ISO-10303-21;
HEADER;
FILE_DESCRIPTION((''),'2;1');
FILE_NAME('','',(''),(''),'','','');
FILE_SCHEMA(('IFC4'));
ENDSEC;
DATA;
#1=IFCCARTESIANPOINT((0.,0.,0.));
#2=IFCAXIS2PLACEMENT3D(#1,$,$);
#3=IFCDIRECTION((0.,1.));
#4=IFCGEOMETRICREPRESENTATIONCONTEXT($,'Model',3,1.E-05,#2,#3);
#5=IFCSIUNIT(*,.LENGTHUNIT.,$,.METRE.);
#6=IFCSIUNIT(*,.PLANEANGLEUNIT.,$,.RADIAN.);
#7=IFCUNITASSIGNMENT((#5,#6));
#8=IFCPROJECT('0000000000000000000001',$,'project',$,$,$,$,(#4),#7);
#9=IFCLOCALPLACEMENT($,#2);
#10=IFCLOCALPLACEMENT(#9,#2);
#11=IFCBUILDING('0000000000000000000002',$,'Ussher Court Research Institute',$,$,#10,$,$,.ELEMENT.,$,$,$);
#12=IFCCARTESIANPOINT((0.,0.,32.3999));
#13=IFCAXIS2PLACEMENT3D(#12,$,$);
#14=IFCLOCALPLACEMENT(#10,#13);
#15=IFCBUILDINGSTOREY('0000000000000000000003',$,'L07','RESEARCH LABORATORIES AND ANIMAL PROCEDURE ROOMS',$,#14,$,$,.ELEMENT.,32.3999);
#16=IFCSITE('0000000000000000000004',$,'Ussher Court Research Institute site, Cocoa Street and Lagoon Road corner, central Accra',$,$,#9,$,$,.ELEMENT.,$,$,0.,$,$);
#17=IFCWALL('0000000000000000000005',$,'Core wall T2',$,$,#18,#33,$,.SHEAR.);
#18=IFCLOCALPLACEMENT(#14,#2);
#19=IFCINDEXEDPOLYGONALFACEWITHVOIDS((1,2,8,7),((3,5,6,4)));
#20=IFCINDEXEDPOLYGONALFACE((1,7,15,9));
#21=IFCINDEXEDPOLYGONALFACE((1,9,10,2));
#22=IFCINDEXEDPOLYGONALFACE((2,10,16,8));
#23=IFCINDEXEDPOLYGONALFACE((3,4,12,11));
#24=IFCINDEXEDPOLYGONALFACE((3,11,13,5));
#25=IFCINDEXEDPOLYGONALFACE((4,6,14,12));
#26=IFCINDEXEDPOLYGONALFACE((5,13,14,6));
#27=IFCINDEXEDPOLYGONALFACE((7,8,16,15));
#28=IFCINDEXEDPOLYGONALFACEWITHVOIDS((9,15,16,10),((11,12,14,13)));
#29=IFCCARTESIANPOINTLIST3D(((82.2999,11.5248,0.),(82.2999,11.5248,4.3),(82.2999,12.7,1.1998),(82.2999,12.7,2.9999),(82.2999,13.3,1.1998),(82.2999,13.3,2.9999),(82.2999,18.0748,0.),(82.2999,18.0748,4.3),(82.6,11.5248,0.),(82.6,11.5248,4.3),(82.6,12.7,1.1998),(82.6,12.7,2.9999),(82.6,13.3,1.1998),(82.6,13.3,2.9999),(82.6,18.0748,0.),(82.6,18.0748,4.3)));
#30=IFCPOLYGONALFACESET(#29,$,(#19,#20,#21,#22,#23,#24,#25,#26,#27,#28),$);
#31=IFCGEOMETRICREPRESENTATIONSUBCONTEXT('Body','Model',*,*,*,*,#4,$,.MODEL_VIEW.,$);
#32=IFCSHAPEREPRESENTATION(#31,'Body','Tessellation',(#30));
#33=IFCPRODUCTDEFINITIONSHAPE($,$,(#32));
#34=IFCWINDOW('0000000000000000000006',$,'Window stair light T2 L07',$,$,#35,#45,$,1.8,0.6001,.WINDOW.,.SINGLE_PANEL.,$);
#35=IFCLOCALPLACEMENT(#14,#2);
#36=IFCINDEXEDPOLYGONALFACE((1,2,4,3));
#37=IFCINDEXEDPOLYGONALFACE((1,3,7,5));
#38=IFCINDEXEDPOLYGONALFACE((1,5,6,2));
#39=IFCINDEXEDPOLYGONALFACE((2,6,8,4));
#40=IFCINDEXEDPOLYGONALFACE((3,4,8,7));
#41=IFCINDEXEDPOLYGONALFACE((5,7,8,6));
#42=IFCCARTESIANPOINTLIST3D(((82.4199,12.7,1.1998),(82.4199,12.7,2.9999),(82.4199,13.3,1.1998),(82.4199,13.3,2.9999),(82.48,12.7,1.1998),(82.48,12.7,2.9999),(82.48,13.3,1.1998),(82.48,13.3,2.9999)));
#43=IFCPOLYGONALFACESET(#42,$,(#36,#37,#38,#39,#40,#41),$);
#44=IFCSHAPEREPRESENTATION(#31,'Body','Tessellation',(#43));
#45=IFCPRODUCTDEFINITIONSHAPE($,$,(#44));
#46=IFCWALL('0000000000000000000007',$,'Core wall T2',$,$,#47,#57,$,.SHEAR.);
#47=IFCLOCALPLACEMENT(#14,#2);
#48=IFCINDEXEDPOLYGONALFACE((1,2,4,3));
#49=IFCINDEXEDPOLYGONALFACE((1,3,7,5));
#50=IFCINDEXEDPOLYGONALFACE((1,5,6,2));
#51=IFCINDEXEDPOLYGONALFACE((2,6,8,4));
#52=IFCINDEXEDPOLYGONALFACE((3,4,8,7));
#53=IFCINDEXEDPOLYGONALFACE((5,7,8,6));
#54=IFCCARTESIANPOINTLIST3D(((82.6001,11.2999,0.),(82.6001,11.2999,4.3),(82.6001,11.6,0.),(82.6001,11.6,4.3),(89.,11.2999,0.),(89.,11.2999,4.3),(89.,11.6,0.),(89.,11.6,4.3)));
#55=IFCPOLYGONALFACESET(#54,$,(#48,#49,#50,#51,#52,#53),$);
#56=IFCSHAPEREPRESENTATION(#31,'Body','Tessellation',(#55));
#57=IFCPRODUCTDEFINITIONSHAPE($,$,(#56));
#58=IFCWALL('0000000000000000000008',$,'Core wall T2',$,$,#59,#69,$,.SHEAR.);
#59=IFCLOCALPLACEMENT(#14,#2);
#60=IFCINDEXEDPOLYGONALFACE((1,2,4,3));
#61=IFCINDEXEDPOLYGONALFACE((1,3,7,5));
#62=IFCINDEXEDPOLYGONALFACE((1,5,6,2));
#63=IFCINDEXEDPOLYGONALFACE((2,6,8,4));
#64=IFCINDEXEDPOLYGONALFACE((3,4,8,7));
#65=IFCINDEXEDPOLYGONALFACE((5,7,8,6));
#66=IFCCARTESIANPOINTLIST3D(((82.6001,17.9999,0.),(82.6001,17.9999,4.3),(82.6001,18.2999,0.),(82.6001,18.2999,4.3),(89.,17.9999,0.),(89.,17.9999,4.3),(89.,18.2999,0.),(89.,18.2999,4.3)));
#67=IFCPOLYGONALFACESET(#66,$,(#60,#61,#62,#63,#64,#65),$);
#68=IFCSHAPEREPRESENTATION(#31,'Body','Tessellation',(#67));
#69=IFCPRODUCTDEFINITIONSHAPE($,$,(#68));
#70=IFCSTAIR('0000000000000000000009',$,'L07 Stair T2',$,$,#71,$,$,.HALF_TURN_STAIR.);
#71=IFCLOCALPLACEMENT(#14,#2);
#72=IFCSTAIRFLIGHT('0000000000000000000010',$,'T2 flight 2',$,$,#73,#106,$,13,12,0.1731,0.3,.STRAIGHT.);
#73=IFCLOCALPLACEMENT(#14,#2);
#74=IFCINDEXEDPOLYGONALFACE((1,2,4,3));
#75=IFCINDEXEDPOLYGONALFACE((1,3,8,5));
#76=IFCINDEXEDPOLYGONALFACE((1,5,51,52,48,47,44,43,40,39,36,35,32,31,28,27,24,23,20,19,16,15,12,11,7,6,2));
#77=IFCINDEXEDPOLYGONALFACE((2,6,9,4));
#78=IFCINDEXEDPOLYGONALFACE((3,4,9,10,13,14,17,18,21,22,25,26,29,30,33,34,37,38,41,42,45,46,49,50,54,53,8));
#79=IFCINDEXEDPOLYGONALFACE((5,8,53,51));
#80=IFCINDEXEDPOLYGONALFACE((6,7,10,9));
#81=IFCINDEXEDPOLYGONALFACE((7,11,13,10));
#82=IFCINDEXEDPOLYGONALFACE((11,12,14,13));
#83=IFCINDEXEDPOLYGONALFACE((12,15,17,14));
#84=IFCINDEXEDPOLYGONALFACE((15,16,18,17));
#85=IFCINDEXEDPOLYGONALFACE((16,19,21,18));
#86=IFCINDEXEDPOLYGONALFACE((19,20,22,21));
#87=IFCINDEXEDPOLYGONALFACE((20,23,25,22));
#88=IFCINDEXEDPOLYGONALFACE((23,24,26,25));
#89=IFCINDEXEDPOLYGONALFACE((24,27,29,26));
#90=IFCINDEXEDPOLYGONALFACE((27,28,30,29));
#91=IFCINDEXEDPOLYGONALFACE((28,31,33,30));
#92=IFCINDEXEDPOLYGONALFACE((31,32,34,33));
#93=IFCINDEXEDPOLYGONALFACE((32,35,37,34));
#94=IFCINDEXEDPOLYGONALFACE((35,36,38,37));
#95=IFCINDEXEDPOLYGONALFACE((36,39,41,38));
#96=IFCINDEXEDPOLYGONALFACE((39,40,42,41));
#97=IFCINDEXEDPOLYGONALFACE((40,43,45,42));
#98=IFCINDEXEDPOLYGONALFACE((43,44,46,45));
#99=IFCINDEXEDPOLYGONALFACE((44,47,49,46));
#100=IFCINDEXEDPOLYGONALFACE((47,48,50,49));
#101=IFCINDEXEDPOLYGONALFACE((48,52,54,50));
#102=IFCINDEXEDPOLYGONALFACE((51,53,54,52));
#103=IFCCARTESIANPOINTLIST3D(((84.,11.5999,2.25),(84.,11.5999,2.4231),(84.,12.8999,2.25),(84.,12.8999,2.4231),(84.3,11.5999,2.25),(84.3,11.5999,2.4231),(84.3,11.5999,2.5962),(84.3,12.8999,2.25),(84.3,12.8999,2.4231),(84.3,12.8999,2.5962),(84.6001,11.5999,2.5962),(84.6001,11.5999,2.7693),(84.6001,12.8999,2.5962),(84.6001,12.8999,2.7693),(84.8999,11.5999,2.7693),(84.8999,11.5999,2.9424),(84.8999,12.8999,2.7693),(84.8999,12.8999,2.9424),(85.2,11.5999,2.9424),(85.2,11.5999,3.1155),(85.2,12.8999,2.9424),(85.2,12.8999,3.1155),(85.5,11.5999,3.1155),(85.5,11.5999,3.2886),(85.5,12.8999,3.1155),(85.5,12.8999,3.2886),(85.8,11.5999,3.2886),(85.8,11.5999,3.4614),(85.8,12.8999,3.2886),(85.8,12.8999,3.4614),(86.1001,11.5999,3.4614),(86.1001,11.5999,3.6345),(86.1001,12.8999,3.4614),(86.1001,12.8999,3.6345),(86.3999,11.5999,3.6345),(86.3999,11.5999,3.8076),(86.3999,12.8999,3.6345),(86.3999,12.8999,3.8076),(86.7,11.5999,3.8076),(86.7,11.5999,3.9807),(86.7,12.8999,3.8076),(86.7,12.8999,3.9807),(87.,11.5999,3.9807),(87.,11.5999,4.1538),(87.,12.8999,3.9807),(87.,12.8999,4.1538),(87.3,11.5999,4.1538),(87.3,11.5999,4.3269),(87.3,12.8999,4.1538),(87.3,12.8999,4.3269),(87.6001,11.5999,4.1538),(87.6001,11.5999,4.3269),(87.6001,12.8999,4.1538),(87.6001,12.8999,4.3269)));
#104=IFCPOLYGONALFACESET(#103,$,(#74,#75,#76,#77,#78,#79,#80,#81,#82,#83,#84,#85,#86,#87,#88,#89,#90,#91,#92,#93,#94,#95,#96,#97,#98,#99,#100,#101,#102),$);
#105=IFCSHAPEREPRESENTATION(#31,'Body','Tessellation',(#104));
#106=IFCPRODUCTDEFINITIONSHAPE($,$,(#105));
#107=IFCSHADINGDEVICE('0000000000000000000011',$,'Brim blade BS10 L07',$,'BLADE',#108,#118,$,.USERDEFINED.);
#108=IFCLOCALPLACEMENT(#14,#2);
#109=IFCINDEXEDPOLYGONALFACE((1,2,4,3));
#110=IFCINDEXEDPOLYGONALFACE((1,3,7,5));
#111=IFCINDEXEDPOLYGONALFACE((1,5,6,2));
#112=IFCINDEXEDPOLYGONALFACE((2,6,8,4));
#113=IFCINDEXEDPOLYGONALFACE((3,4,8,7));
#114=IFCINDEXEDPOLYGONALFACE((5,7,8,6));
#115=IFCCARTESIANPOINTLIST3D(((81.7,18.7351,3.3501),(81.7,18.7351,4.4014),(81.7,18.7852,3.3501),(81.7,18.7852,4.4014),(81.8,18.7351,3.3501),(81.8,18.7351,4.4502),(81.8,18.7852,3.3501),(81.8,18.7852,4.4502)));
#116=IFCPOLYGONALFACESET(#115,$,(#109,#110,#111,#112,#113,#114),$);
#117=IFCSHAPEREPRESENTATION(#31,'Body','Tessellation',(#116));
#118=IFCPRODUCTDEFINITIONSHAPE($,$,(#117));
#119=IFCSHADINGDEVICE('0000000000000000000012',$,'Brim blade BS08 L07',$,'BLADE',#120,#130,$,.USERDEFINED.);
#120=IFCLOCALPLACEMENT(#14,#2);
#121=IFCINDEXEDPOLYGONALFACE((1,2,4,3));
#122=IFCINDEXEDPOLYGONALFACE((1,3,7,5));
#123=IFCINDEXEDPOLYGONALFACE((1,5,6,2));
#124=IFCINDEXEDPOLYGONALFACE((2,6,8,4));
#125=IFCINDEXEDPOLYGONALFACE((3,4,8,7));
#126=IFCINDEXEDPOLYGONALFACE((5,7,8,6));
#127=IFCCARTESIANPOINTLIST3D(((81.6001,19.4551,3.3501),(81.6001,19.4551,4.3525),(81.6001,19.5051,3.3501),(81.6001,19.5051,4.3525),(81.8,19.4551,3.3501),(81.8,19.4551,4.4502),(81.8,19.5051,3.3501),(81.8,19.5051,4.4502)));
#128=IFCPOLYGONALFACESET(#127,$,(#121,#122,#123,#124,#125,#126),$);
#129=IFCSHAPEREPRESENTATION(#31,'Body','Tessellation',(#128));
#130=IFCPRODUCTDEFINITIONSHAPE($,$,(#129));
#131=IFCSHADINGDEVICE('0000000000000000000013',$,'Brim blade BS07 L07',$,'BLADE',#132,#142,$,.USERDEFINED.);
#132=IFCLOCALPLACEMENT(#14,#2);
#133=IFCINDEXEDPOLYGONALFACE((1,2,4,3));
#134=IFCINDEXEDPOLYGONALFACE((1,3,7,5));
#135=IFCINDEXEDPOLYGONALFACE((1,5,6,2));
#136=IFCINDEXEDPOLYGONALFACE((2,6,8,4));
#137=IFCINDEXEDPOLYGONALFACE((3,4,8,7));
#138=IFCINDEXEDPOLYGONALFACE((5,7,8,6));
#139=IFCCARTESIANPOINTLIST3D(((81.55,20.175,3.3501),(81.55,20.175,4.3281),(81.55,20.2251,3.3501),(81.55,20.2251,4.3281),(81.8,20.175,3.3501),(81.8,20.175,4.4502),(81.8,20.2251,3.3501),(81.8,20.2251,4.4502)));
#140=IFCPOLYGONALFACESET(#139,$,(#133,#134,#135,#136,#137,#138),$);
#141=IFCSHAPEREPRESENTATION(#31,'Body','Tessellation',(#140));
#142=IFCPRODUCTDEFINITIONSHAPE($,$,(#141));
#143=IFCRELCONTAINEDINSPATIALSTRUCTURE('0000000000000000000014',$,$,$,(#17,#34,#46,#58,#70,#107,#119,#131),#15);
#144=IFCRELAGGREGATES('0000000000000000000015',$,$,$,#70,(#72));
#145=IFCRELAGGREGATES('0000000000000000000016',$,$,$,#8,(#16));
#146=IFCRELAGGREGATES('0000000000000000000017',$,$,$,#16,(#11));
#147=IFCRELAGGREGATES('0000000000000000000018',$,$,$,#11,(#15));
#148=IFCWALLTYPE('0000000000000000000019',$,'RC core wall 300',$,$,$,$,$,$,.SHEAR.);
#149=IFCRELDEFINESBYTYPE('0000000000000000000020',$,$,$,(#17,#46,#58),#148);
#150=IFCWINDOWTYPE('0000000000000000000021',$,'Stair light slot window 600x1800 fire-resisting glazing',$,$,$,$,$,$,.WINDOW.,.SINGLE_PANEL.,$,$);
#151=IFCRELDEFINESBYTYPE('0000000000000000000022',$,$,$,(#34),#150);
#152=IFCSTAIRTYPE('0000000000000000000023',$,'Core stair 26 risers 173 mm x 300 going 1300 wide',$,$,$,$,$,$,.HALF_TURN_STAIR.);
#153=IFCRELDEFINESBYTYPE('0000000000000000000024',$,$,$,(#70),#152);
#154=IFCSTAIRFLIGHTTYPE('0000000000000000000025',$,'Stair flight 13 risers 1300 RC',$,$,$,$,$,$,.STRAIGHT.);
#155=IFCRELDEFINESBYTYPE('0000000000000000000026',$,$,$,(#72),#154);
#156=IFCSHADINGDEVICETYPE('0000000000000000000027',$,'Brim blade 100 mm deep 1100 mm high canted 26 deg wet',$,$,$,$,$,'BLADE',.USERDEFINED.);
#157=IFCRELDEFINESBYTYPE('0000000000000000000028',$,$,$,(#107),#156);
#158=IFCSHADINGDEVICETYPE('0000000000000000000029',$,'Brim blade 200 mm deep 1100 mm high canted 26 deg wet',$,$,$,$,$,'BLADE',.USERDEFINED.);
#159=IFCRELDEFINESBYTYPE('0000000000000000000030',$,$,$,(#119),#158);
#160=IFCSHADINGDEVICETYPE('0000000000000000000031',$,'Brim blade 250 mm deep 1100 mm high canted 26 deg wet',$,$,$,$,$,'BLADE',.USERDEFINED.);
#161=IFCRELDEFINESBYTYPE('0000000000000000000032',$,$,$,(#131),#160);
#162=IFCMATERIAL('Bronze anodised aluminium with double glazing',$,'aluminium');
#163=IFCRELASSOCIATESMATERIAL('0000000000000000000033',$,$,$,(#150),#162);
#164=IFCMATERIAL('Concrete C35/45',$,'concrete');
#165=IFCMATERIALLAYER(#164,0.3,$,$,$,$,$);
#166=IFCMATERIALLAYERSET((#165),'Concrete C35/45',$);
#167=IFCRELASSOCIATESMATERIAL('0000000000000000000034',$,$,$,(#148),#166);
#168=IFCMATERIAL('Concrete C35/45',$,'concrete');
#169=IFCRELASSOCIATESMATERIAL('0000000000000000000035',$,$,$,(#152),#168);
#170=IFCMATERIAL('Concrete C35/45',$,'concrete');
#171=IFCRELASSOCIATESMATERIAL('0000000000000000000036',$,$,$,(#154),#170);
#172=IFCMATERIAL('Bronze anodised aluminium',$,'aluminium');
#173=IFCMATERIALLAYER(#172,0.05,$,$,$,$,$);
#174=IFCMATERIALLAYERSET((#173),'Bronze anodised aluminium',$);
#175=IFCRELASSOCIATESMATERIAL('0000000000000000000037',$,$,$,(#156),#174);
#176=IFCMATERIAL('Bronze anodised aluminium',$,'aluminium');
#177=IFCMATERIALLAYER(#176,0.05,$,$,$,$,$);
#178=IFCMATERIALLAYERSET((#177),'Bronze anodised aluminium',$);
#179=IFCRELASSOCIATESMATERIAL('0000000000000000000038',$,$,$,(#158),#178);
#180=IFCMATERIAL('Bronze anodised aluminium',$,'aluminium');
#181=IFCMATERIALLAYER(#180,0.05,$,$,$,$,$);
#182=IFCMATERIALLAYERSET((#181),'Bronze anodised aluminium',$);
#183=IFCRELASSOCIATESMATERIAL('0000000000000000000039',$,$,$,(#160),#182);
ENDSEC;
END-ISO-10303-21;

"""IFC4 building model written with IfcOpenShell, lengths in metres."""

from ifc_helpers import new_model, si_unit, direction, frame, frame_2d, origin, place, context, subcontext, project, spatial, polyline, rectangle, outline, extrude, material, layer, layer_set, type_object, element, fill, aggregate, save


model = new_model("IFC4")

# Units and contexts
model_context = context("Model", 3, precision=1e-05, world=origin(), true_north=direction((0.0, 1.0)))
body_context = subcontext(model_context, "Body", "Model", "MODEL_VIEW")
ifc_project = project(units=[si_unit("LENGTHUNIT", "METRE"), si_unit("PLANEANGLEUNIT", "RADIAN")], contexts=[model_context])

# Site, building, storey
site_placement = place(None, origin())
site = spatial("IfcSite", under=ifc_project, at=site_placement, Name="Ussher Court Research Institute site, Cocoa Street and Lagoon Road corner, central Accra", CompositionType="ELEMENT", RefElevation=0.0)
building_placement = place(site_placement, origin())
building = spatial("IfcBuilding", under=site, at=building_placement, Name="Ussher Court Research Institute", CompositionType="ELEMENT")
storey_placement = place(building_placement, frame((0.0, 0.0, 32.3999)))
storey = spatial("IfcBuildingStorey", under=building, at=storey_placement, Name="L07", Description="RESEARCH LABORATORIES AND ANIMAL PROCEDURE ROOMS", CompositionType="ELEMENT", Elevation=32.3999)

# Shared definitions
ifc_material_1 = material(Name="Bronze anodised aluminium with double glazing", Category="aluminium")
window_type_1 = type_object("IfcWindowType", Name="Stair light slot window 600x1800 fire-resisting glazing", PartitioningType="SINGLE_PANEL", PredefinedType="WINDOW", material=ifc_material_1)

# Wall, opening, window
ifc_material_2 = material(Name="Concrete C35/45", Category="concrete")
ifc_layer_1 = layer(ifc_material_2, 0.3)
ifc_layer_set_1 = layer_set([ifc_layer_1], Name="Concrete C35/45")
wall_type_1 = type_object("IfcWallType", Name="RC core wall 300", PredefinedType="SHEAR", material=ifc_layer_set_1)
wall_1_placement = place(storey_placement, frame((82.45, 11.5249, 0.0), z_axis=(0.0, 0.0, 1.0), x_axis=(0.0, 1.0, 0.0)))
wall_1 = element("IfcWall", 1, at=wall_1_placement, inside=storey, type_object=wall_type_1, Name="Core wall T2", PredefinedType="SHEAR", context=body_context, shape_type="SweptSolid", body=[
    extrude(rectangle(XDim=6.55, YDim=0.3, at=frame_2d((3.2749, 0.0))), origin(), (0.0, 0.0, 1.0), 4.3),
])
opening_1_placement = place(wall_1_placement, frame((1.175, 0.0, 1.2)))
opening_1 = element("IfcOpeningElement", 2, at=opening_1_placement, cuts=wall_1, PredefinedType="OPENING", context=body_context, shape_type="SweptSolid", body=[
    extrude(rectangle(XDim=0.6001, YDim=1.8, at=frame_2d((0.3, 0.8999))), frame((0.0, 0.1602, 0.0), z_axis=(0.0, -1.0, 0.0), x_axis=(1.0, 0.0, 0.0)), (0.0, 0.0, 1.0), 0.3201),
])
window_1_placement = place(opening_1_placement, origin())
window_1 = element("IfcWindow", 3, at=window_1_placement, inside=storey, type_object=window_type_1, Name="Window stair light T2 L07", OverallHeight=1.8, OverallWidth=0.6001, PartitioningType="SINGLE_PANEL", PredefinedType="WINDOW", context=body_context, shape_type="SweptSolid", body=[
    extrude(rectangle(XDim=0.6001, YDim=1.8, at=frame_2d((0.3, 0.8999))), frame((0.0, 0.03, 0.0), z_axis=(0.0, -1.0, 0.0), x_axis=(1.0, 0.0, 0.0)), (0.0, 0.0, 1.0), 0.0601),
])
fill(opening_1, window_1)

# Walls
for number, where, z_axis, x_axis, name in (
    (4, (82.6001, 11.45, 0.0), (0.0, 0.0, 1.0), (1.0, 0.0, 0.0), "Core wall T2"),
    (5, (82.6001, 18.1499, 0.0), (0.0, 0.0, 1.0), (1.0, 0.0, 0.0), "Core wall T2"),
):
    element("IfcWall", number, at=place(storey_placement, frame(where, z_axis=z_axis, x_axis=x_axis)), inside=storey, type_object=wall_type_1, Name=name, PredefinedType="SHEAR", context=body_context, shape_type="SweptSolid", body=[
        extrude(rectangle(XDim=6.3999, YDim=0.3, at=frame_2d((3.2, 0.0))), origin(), (0.0, 0.0, 1.0), 4.3),
    ])

# Stair, stair flight
ifc_material_3 = material(Name="Concrete C35/45", Category="concrete")
stair_type = type_object("IfcStairType", Name="Core stair 26 risers 173 mm x 300 going 1300 wide", PredefinedType="HALF_TURN_STAIR", material=ifc_material_3)
stair_placement = place(storey_placement, origin())
stair = element("IfcStair", 6, at=stair_placement, inside=storey, type_object=stair_type, Name="L07 Stair T2", PredefinedType="HALF_TURN_STAIR")
ifc_material_4 = material(Name="Concrete C35/45", Category="concrete")
stair_flight_type = type_object("IfcStairFlightType", Name="Stair flight 13 risers 1300 RC", PredefinedType="STRAIGHT", material=ifc_material_4)
stair_flight_placement = place(storey_placement, frame((84.0, 12.25, 2.25), z_axis=(0.0, 0.0, 1.0), x_axis=(1.0, 0.0, 0.0)))
stair_flight = element("IfcStairFlight", 7, at=stair_flight_placement, type_object=stair_flight_type, Name="T2 flight 2", NumberOfRisers=13, NumberOfTreads=12, PredefinedType="STRAIGHT", RiserHeight=0.1731, TreadLength=0.3, context=body_context, shape_type="SweptSolid", body=[
    extrude(outline(polyline([(0.0, 0.0), (0.0, 0.1731), (0.3, 0.1731), (0.3, 0.3462), (0.6001, 0.3462), (0.6001, 0.5193), (0.8999, 0.5193), (0.8999, 0.6924), (1.2, 0.6924), (1.2, 0.8655), (1.5, 0.8655), (1.5, 1.0386), (1.8, 1.0386), (1.8, 1.2114), (2.1001, 1.2114), (2.1001, 1.3845), (2.3999, 1.3845), (2.3999, 1.5576), (2.7, 1.5576), (2.7, 1.7307), (3.0, 1.7307), (3.0, 1.9038), (3.3, 1.9038), (3.3, 2.0769), (3.6001, 2.0769), (3.6001, 2.25), (3.6001, 1.9038), (0.3, 0.0), (0.0, 0.0)])), frame((0.0, 0.6499, 0.0), z_axis=(0.0, -1.0, 0.0), x_axis=(1.0, 0.0, 0.0)), (0.0, 0.0, 1.0), 1.3),
])
aggregate(stair, [stair_flight])

# Shading devices
ifc_material_5 = material(Name="Bronze anodised aluminium", Category="aluminium")
ifc_layer_2 = layer(ifc_material_5, 0.05)
ifc_layer_set_2 = layer_set([ifc_layer_2], Name="Bronze anodised aluminium")
shading_device_type_1 = type_object("IfcShadingDeviceType", Name="Brim blade 100 mm deep 1100 mm high canted 26 deg wet", ElementType="BLADE", PredefinedType="USERDEFINED", material=ifc_layer_set_2)
shading_device_1_placement = place(storey_placement, frame((81.8, 18.76, 3.3501), z_axis=(0.0, 0.0, 1.0), x_axis=(-1.0, 0.0, 0.0)))
element("IfcShadingDevice", 8, at=shading_device_1_placement, inside=storey, type_object=shading_device_type_1, Name="Brim blade BS10 L07", ObjectType="BLADE", PredefinedType="USERDEFINED", context=body_context, shape_type="SweptSolid", body=[
    extrude(outline(polyline([(0.0, 0.0), (0.1001, 0.0), (0.1001, 1.0513), (0.0, 1.1001), (0.0, 0.0)])), frame((0.0, 0.0249, 0.0), z_axis=(0.0, -1.0, 0.0), x_axis=(1.0, 0.0, 0.0)), (0.0, 0.0, 1.0), 0.05),
])
ifc_material_6 = material(Name="Bronze anodised aluminium", Category="aluminium")
ifc_layer_3 = layer(ifc_material_6, 0.05)
ifc_layer_set_3 = layer_set([ifc_layer_3], Name="Bronze anodised aluminium")
shading_device_type_2 = type_object("IfcShadingDeviceType", Name="Brim blade 200 mm deep 1100 mm high canted 26 deg wet", ElementType="BLADE", PredefinedType="USERDEFINED", material=ifc_layer_set_3)
shading_device_2_placement = place(storey_placement, frame((81.8, 19.48, 3.3501), z_axis=(0.0, 0.0, 1.0), x_axis=(-1.0, 0.0, 0.0)))
element("IfcShadingDevice", 9, at=shading_device_2_placement, inside=storey, type_object=shading_device_type_2, Name="Brim blade BS08 L07", ObjectType="BLADE", PredefinedType="USERDEFINED", context=body_context, shape_type="SweptSolid", body=[
    extrude(outline(polyline([(0.0, 0.0), (0.2, 0.0), (0.2, 1.0024), (0.0, 1.1001), (0.0, 0.0)])), frame((0.0, 0.0249, 0.0), z_axis=(0.0, -1.0, 0.0), x_axis=(1.0, 0.0, 0.0)), (0.0, 0.0, 1.0), 0.05),
])
ifc_material_7 = material(Name="Bronze anodised aluminium", Category="aluminium")
ifc_layer_4 = layer(ifc_material_7, 0.05)
ifc_layer_set_4 = layer_set([ifc_layer_4], Name="Bronze anodised aluminium")
shading_device_type_3 = type_object("IfcShadingDeviceType", Name="Brim blade 250 mm deep 1100 mm high canted 26 deg wet", ElementType="BLADE", PredefinedType="USERDEFINED", material=ifc_layer_set_4)
shading_device_3_placement = place(storey_placement, frame((81.8, 20.2, 3.3501), z_axis=(0.0, 0.0, 1.0), x_axis=(-1.0, 0.0, 0.0)))
element("IfcShadingDevice", 10, at=shading_device_3_placement, inside=storey, type_object=shading_device_type_3, Name="Brim blade BS07 L07", ObjectType="BLADE", PredefinedType="USERDEFINED", context=body_context, shape_type="SweptSolid", body=[
    extrude(outline(polyline([(0.0, 0.0), (0.25, 0.0), (0.25, 0.978), (0.0, 1.1001), (0.0, 0.0)])), frame((0.0, 0.0249, 0.0), z_axis=(0.0, -1.0, 0.0), x_axis=(1.0, 0.0, 0.0)), (0.0, 0.0, 1.0), 0.05),
])

save(model, "model.ifc")
